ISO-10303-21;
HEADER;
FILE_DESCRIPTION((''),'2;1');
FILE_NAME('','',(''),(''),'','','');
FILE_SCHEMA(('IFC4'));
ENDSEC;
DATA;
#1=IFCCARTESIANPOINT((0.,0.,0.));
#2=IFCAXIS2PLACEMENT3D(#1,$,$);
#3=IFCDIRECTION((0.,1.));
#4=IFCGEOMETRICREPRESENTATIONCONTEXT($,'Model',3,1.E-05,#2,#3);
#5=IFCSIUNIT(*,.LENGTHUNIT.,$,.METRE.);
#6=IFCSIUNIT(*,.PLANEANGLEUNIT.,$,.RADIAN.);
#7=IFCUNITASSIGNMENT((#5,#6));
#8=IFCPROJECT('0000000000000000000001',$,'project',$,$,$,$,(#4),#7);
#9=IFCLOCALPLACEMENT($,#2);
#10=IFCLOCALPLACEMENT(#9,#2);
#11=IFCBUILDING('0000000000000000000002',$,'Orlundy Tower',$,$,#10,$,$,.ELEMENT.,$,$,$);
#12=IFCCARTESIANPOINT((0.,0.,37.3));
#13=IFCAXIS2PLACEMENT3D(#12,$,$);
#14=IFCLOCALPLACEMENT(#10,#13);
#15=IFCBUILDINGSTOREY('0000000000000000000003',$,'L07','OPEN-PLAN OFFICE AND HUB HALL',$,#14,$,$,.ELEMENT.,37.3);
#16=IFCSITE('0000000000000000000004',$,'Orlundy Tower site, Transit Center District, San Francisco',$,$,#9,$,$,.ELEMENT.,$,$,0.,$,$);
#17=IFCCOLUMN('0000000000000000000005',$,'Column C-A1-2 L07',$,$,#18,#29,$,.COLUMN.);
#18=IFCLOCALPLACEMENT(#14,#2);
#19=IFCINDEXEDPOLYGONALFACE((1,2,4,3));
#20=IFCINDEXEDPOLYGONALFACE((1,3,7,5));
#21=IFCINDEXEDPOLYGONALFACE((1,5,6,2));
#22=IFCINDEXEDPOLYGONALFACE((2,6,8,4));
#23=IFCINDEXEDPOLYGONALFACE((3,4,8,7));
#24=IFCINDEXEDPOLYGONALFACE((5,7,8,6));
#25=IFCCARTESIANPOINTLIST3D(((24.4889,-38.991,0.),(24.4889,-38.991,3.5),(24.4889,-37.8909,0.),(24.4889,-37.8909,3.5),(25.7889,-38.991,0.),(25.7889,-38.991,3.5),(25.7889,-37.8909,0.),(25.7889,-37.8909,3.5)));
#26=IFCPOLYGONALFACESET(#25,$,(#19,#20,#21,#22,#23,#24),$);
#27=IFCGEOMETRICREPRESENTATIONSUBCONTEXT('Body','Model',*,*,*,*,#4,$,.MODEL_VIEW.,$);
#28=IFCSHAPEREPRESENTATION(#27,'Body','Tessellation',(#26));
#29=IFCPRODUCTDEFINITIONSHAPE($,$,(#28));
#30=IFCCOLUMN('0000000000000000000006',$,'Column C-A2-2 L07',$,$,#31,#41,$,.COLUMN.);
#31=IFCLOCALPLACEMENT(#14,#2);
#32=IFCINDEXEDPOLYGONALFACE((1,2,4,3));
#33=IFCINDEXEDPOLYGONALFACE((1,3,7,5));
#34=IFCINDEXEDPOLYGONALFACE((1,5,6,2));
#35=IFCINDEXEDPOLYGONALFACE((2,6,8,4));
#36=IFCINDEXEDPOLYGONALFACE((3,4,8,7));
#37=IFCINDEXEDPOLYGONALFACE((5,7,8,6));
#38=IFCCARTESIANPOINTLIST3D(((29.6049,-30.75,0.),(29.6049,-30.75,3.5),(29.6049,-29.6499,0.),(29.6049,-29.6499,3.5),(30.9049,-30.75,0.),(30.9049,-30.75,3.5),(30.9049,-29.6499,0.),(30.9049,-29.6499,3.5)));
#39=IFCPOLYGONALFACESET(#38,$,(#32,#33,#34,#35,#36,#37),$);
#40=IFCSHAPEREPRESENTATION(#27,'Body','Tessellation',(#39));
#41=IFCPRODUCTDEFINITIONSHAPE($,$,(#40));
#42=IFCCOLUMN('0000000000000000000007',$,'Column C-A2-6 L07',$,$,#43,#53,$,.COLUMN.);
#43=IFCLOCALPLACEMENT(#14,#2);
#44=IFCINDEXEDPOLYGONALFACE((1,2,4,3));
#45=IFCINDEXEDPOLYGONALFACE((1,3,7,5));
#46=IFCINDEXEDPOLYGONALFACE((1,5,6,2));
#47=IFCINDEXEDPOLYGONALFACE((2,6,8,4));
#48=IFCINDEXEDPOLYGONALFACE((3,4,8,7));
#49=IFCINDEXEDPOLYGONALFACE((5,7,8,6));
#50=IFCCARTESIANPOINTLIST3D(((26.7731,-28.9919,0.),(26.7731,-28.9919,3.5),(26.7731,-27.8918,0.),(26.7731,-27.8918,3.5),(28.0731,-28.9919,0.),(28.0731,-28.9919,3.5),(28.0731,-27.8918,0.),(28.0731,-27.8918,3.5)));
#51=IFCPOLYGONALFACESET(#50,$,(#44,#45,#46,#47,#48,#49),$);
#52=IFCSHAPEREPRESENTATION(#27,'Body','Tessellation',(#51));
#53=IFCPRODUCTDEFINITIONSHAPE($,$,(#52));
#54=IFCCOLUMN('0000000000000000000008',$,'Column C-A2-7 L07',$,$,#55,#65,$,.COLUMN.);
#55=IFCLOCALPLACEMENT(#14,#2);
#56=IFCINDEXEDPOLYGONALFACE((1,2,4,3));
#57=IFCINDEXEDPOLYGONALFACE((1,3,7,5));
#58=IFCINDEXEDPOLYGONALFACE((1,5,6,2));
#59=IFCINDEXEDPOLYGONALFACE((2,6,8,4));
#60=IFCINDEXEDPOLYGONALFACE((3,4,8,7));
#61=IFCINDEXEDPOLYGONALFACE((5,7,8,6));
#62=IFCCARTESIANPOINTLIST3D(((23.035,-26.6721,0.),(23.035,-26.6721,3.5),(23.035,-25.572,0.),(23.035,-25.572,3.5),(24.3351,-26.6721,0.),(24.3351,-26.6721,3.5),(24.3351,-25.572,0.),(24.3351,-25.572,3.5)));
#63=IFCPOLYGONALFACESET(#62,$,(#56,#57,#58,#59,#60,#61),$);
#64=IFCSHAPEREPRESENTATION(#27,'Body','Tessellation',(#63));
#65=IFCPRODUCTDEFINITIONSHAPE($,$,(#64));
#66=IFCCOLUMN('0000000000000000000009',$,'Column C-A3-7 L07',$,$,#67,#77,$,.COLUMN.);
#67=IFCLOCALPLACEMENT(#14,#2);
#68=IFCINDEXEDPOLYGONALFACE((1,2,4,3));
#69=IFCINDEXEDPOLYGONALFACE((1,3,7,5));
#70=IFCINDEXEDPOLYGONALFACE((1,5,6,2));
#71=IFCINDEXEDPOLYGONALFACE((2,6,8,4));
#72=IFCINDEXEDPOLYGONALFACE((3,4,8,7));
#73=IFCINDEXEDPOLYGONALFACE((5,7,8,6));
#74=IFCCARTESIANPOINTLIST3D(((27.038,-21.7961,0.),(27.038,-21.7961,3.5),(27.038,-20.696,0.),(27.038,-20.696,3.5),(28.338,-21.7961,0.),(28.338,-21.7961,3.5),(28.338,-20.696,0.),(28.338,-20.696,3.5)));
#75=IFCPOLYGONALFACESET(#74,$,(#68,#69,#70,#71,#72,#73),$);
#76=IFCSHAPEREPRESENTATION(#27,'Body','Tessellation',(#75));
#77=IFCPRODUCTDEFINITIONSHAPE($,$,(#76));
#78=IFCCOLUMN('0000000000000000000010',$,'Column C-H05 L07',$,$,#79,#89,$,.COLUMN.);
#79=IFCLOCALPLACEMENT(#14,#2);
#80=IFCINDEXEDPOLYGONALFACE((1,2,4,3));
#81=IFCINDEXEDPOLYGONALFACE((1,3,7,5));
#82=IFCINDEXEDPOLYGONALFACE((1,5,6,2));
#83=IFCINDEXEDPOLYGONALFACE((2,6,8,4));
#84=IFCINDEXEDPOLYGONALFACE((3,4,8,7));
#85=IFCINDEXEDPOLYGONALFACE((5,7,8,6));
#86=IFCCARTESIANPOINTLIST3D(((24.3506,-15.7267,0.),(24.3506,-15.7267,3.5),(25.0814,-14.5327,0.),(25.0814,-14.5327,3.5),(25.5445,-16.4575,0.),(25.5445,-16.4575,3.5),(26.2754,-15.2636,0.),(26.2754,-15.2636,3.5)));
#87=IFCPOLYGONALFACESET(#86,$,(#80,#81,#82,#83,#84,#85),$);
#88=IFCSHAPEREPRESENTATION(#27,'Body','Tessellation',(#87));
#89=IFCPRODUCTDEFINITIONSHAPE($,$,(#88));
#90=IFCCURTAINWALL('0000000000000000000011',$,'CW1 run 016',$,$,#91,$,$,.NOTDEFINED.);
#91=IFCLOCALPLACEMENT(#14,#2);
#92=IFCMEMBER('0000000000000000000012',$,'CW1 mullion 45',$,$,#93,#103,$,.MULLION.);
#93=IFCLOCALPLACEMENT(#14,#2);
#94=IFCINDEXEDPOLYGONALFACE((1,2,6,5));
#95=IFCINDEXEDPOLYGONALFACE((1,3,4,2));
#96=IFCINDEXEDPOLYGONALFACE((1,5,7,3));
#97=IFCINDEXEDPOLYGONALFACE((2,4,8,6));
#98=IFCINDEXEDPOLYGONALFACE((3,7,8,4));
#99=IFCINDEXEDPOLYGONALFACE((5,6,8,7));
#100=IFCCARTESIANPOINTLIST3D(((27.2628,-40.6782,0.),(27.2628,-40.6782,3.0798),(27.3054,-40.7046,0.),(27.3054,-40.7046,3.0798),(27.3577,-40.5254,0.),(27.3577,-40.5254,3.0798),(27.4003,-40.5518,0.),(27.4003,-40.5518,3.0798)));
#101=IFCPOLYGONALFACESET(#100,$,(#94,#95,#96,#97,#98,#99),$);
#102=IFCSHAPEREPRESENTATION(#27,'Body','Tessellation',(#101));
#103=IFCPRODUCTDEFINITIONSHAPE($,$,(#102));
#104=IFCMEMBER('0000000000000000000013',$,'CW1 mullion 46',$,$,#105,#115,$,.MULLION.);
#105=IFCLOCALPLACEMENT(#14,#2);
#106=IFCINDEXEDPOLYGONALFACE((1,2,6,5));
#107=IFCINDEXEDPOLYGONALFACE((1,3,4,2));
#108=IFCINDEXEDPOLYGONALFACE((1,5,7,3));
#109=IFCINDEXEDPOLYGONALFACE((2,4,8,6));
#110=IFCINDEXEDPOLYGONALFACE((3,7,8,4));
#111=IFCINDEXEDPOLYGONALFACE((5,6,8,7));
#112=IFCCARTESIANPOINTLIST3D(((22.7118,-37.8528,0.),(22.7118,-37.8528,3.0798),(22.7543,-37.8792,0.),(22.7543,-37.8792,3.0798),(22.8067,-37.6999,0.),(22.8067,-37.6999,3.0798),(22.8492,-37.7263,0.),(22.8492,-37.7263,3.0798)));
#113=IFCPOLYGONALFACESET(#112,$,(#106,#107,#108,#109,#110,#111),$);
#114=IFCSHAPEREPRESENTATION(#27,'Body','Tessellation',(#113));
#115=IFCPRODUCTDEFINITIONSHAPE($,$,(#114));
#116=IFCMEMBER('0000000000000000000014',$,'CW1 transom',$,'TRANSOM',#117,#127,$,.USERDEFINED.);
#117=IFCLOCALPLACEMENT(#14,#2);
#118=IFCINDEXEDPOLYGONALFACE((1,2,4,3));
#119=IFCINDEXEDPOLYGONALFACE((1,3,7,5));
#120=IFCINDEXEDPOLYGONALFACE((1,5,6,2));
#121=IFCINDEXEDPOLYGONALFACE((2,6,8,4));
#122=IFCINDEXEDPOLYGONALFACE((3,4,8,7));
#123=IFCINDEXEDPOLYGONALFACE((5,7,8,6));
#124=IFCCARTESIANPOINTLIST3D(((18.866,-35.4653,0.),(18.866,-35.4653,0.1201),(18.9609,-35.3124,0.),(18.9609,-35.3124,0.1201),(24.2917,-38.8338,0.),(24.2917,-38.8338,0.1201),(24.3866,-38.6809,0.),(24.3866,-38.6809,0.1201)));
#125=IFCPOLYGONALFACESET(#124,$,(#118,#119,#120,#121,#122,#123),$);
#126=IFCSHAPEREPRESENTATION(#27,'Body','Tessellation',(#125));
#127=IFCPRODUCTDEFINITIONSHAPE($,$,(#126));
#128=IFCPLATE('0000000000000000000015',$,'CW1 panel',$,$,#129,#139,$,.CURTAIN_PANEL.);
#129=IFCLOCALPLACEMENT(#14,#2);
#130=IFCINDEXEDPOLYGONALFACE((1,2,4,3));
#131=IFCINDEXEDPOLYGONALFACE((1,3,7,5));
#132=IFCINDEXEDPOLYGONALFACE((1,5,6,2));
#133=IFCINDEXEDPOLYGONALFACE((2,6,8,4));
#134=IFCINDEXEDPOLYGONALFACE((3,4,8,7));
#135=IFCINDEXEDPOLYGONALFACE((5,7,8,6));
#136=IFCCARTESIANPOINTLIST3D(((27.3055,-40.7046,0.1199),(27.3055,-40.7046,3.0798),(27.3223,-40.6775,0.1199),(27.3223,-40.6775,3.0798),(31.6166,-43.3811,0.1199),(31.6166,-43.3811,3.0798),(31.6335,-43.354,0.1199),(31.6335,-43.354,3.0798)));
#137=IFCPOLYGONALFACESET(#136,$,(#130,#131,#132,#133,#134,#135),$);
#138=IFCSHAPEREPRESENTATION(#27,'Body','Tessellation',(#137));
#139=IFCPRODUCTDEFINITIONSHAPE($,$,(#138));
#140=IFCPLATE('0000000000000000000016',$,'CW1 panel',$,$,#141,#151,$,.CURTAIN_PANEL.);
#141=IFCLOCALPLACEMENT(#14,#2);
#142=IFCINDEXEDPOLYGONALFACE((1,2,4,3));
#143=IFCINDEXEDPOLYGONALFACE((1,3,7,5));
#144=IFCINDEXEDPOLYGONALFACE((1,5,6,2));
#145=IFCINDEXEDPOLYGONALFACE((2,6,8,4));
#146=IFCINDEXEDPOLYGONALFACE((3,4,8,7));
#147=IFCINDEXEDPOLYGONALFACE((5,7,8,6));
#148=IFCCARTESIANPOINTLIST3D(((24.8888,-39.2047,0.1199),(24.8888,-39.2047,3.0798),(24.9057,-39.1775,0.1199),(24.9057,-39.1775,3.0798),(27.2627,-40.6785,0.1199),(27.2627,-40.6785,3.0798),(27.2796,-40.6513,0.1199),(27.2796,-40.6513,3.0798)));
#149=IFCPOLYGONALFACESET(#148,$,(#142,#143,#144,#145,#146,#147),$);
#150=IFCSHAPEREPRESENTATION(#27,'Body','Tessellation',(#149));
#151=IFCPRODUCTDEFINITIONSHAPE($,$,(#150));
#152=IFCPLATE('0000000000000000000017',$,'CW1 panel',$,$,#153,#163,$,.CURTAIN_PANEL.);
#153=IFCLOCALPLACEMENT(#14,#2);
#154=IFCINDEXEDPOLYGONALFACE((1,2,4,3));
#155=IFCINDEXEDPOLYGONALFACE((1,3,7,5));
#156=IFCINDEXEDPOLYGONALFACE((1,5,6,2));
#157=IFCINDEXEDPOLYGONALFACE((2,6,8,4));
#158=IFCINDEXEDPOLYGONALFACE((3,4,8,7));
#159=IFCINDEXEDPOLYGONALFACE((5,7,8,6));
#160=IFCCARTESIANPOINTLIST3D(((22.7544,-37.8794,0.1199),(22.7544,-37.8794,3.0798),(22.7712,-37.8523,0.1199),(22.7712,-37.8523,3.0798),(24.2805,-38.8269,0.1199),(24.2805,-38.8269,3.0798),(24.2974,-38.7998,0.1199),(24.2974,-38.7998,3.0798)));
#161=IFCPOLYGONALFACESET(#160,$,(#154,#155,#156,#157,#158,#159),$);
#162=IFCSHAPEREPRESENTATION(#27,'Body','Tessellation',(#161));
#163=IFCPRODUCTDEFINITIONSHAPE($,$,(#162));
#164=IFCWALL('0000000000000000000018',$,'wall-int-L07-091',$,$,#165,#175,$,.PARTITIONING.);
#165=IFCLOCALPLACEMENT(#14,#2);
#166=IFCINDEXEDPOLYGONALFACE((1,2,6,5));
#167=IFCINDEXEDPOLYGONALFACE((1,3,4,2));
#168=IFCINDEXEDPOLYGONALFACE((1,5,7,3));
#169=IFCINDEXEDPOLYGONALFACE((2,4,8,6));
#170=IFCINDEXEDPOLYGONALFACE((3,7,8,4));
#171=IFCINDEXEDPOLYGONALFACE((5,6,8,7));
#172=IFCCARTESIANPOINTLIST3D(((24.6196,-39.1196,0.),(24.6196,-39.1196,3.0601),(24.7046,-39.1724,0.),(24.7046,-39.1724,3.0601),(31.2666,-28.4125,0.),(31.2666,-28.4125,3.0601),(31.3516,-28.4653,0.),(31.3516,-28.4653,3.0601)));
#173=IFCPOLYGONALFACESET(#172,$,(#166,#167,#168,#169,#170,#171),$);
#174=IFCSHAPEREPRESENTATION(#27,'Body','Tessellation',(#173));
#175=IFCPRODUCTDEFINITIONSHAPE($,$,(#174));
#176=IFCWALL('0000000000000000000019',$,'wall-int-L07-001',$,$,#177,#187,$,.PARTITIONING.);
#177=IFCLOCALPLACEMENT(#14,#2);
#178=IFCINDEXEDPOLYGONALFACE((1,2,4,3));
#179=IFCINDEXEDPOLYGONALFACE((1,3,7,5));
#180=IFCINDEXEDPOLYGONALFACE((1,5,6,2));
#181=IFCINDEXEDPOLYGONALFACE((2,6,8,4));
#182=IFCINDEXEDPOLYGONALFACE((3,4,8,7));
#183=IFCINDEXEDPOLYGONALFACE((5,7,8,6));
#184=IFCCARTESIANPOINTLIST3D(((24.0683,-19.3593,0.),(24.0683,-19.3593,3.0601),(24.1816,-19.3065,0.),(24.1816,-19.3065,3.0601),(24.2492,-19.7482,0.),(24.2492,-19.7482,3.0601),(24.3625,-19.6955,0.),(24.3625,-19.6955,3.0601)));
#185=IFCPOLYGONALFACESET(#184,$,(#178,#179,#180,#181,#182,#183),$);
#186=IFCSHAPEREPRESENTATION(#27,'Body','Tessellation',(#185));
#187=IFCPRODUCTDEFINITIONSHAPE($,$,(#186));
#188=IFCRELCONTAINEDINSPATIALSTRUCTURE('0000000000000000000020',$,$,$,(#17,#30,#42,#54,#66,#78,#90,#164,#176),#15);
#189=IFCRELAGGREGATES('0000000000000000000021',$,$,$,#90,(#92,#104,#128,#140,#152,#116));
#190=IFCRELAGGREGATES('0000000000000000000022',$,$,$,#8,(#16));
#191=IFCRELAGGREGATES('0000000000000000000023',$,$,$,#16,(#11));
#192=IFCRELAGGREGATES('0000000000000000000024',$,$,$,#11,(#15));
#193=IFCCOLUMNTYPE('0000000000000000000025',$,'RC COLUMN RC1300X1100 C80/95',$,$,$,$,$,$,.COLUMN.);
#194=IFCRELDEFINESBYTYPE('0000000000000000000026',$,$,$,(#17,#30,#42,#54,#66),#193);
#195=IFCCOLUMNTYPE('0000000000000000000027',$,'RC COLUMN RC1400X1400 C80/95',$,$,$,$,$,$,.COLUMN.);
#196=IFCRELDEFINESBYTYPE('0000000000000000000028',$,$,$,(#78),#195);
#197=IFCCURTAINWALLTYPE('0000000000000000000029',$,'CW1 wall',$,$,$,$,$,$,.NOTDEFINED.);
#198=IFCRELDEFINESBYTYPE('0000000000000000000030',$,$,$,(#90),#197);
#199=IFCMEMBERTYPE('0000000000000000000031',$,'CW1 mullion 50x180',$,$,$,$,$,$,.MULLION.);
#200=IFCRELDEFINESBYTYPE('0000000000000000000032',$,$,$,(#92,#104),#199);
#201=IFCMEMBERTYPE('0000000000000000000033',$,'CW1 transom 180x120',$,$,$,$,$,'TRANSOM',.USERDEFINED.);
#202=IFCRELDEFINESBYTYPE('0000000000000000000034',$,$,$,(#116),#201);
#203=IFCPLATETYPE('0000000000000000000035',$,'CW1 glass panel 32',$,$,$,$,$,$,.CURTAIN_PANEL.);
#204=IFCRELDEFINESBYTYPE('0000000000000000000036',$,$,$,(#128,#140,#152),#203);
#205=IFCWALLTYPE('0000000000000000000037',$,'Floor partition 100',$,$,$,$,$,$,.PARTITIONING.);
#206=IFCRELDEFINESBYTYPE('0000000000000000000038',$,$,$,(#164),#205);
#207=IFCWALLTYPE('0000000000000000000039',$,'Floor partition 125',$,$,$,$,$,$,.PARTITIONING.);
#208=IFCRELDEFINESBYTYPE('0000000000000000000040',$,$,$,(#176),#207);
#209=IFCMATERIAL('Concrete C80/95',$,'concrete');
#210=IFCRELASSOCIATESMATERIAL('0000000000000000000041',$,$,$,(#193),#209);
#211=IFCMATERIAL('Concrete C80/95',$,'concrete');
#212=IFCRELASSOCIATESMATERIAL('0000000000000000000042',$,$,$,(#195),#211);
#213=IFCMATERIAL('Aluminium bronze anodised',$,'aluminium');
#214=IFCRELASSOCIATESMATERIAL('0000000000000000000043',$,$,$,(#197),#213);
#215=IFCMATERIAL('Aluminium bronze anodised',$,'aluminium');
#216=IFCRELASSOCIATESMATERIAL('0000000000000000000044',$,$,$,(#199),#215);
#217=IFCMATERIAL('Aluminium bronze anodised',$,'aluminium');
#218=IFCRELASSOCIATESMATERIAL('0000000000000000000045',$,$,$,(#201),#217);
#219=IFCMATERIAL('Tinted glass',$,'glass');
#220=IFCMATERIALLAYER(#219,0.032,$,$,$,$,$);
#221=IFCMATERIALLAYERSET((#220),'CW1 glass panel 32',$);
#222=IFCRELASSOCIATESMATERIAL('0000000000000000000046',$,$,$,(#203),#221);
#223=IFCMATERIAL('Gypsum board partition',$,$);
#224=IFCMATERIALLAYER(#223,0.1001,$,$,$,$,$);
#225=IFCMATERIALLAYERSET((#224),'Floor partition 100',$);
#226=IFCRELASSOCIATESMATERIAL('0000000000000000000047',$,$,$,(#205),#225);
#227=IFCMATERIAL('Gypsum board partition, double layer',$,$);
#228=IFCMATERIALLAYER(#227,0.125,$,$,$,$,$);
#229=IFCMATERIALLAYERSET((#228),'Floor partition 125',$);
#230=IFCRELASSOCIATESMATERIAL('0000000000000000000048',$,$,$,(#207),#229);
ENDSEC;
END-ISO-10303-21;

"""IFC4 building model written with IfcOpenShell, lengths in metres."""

from ifc_helpers import new_model, si_unit, direction, frame, frame_2d, origin, origin_2d, place, context, subcontext, project, spatial, rectangle, extrude, material, layer, layer_set, material_profile, profile_set, type_object, element, aggregate, save


model = new_model("IFC4")

# Units and contexts
model_context = context("Model", 3, precision=1e-05, world=origin(), true_north=direction((0.0, 1.0)))
body_context = subcontext(model_context, "Body", "Model", "MODEL_VIEW")
ifc_project = project(units=[si_unit("LENGTHUNIT", "METRE"), si_unit("PLANEANGLEUNIT", "RADIAN")], contexts=[model_context])

# Site, building, storey
site_placement = place(None, origin())
site = spatial("IfcSite", under=ifc_project, at=site_placement, Name="Orlundy Tower site, Transit Center District, San Francisco", CompositionType="ELEMENT", RefElevation=0.0)
building_placement = place(site_placement, origin())
building = spatial("IfcBuilding", under=site, at=building_placement, Name="Orlundy Tower", CompositionType="ELEMENT")
storey_placement = place(building_placement, frame((0.0, 0.0, 37.3)))
storey = spatial("IfcBuildingStorey", under=building, at=storey_placement, Name="L07", Description="OPEN-PLAN OFFICE AND HUB HALL", CompositionType="ELEMENT", Elevation=37.3)

# Columns
ifc_material_1 = material(Name="Concrete C80/95", Category="concrete")
ifc_material_profile_1 = material_profile(ifc_material_1, rectangle(XDim=1.3, YDim=1.1001, at=origin_2d()), Name="RC1300X1100")
ifc_profile_set_1 = profile_set([ifc_material_profile_1], Name="Concrete C80/95")
column_type_1 = type_object("IfcColumnType", Name="RC COLUMN RC1300X1100 C80/95", PredefinedType="COLUMN", material=ifc_profile_set_1)
for number, where, z_axis, x_axis, name in (
    (1, (25.1389, -38.4409, 0.0), (0.0, 0.0, 1.0), (1.0, 0.0, 0.0), "Column C-A1-2 L07"),
    (2, (30.2549, -30.2, 0.0), (0.0, 0.0, 1.0), (1.0, 0.0, 0.0), "Column C-A2-2 L07"),
    (3, (27.4231, -28.4419, 0.0), (0.0, 0.0, 1.0), (1.0, 0.0, 0.0), "Column C-A2-6 L07"),
    (4, (23.6851, -26.1221, 0.0), (0.0, 0.0, 1.0), (1.0, 0.0, 0.0), "Column C-A2-7 L07"),
    (5, (27.688, -21.2461, 0.0), (0.0, 0.0, 1.0), (1.0, 0.0, 0.0), "Column C-A3-7 L07"),
):
    element("IfcColumn", number, at=place(storey_placement, frame(where, z_axis=z_axis, x_axis=x_axis)), inside=storey, type_object=column_type_1, Name=name, PredefinedType="COLUMN", context=body_context, shape_type="SweptSolid", body=[
        extrude(rectangle(XDim=1.3, YDim=1.1001, at=origin_2d()), origin(), (0.0, 0.0, 1.0), 3.5),
    ])
ifc_material_2 = material(Name="Concrete C80/95", Category="concrete")
ifc_material_profile_2 = material_profile(ifc_material_2, rectangle(XDim=1.3999, YDim=1.3999, at=origin_2d()), Name="RC1400X1400")
ifc_profile_set_2 = profile_set([ifc_material_profile_2], Name="Concrete C80/95")
column_type_2 = type_object("IfcColumnType", Name="RC COLUMN RC1400X1400 C80/95", PredefinedType="COLUMN", material=ifc_profile_set_2)
column_placement = place(storey_placement, frame((25.313, -15.4951, 0.0), z_axis=(0.0, 0.0, 1.0), x_axis=(0.852895, -0.522082, 0.0)))
element("IfcColumn", 6, at=column_placement, inside=storey, type_object=column_type_2, Name="Column C-H05 L07", PredefinedType="COLUMN", context=body_context, shape_type="SweptSolid", body=[
    extrude(rectangle(XDim=1.3999, YDim=1.3999, at=origin_2d()), origin(), (0.0, 0.0, 1.0), 3.5),
])

# Curtain wall, members, plates
ifc_material_3 = material(Name="Aluminium bronze anodised", Category="aluminium")
curtain_wall_type = type_object("IfcCurtainWallType", Name="CW1 wall", PredefinedType="NOTDEFINED", material=ifc_material_3)
curtain_wall_placement = place(storey_placement, origin())
curtain_wall = element("IfcCurtainWall", 7, at=curtain_wall_placement, inside=storey, type_object=curtain_wall_type, Name="CW1 run 016", PredefinedType="NOTDEFINED")
ifc_material_4 = material(Name="Aluminium bronze anodised", Category="aluminium")
ifc_material_profile_3 = material_profile(ifc_material_4, rectangle(XDim=0.1799, YDim=0.05, at=origin_2d()), Name="CW1 mullion 50x180")
ifc_profile_set_3 = profile_set([ifc_material_profile_3], Name="Aluminium bronze anodised")
member_type_1 = type_object("IfcMemberType", Name="CW1 mullion 50x180", PredefinedType="MULLION", material=ifc_profile_set_3)
member_1_placement = place(storey_placement, frame((27.3315, -40.615, 0.0), z_axis=(0.0, 0.0, 1.0), x_axis=(-0.527449, -0.849587, 0.0)))
member_1 = element("IfcMember", 8, at=member_1_placement, type_object=member_type_1, Name="CW1 mullion 45", PredefinedType="MULLION", context=body_context, shape_type="SweptSolid", body=[
    extrude(rectangle(XDim=0.1799, YDim=0.05, at=origin_2d()), origin(), (0.0, 0.0, 1.0), 3.0798),
])
member_2_placement = place(storey_placement, frame((22.7805, -37.7896, 0.0), z_axis=(0.0, 0.0, 1.0), x_axis=(-0.527449, -0.849587, 0.0)))
member_2 = element("IfcMember", 9, at=member_2_placement, type_object=member_type_1, Name="CW1 mullion 46", PredefinedType="MULLION", context=body_context, shape_type="SweptSolid", body=[
    extrude(rectangle(XDim=0.1799, YDim=0.05, at=origin_2d()), origin(), (0.0, 0.0, 1.0), 3.0798),
])
ifc_material_5 = material(Name="Aluminium bronze anodised", Category="aluminium")
ifc_material_profile_4 = material_profile(ifc_material_5, rectangle(XDim=0.1799, YDim=0.1201, at=origin_2d()), Name="CW1 transom 180x120")
ifc_profile_set_4 = profile_set([ifc_material_profile_4], Name="Aluminium bronze anodised")
member_type_2 = type_object("IfcMemberType", Name="CW1 transom 180x120", ElementType="TRANSOM", PredefinedType="USERDEFINED", material=ifc_profile_set_4)
member_3_placement = place(storey_placement, frame((24.3391, -38.7573, 0.0601), z_axis=(-0.849582, 0.527457, 0.0), x_axis=(-0.527457, -0.849582, 0.0)))
member_3 = element("IfcMember", 10, at=member_3_placement, type_object=member_type_2, Name="CW1 transom", ObjectType="TRANSOM", PredefinedType="USERDEFINED", context=body_context, shape_type="SweptSolid", body=[
    extrude(rectangle(XDim=0.1799, YDim=0.1201, at=origin_2d()), origin(), (0.0, 0.0, 1.0), 6.3862),
])
ifc_material_6 = material(Name="Tinted glass", Category="glass")
ifc_layer_1 = layer(ifc_material_6, 0.032)
ifc_layer_set_1 = layer_set([ifc_layer_1], Name="CW1 glass panel 32")
plate_type = type_object("IfcPlateType", Name="CW1 glass panel 32", PredefinedType="CURTAIN_PANEL", material=ifc_layer_set_1)
plate_1_placement = place(storey_placement, frame((29.4695, -42.0293, 0.1199), z_axis=(0.0, 0.0, 1.0), x_axis=(-0.849587, 0.527449, 0.0)))
plate_1 = element("IfcPlate", 11, at=plate_1_placement, type_object=plate_type, Name="CW1 panel", PredefinedType="CURTAIN_PANEL", context=body_context, shape_type="SweptSolid", body=[
    extrude(rectangle(XDim=5.0745, YDim=0.032, at=origin_2d()), origin(), (0.0, 0.0, 1.0), 2.96),
])
plate_2_placement = place(storey_placement, frame((26.0842, -39.928, 0.1199), z_axis=(0.0, 0.0, 1.0), x_axis=(-0.849587, 0.527449, 0.0)))
plate_2 = element("IfcPlate", 12, at=plate_2_placement, type_object=plate_type, Name="CW1 panel", PredefinedType="CURTAIN_PANEL", context=body_context, shape_type="SweptSolid", body=[
    extrude(rectangle(XDim=2.7942, YDim=0.032, at=origin_2d()), origin(), (0.0, 0.0, 1.0), 2.96),
])
plate_3_placement = place(storey_placement, frame((23.5259, -38.3396, 0.1199), z_axis=(0.0, 0.0, 1.0), x_axis=(-0.849587, 0.527449, 0.0)))
plate_3 = element("IfcPlate", 13, at=plate_3_placement, type_object=plate_type, Name="CW1 panel", PredefinedType="CURTAIN_PANEL", context=body_context, shape_type="SweptSolid", body=[
    extrude(rectangle(XDim=1.7964, YDim=0.032, at=origin_2d()), origin(), (0.0, 0.0, 1.0), 2.96),
])
aggregate(curtain_wall, [member_1, member_2, plate_1, plate_2, plate_3, member_3])

# Walls
ifc_material_7 = material(Name="Gypsum board partition")
ifc_layer_2 = layer(ifc_material_7, 0.1001)
ifc_layer_set_2 = layer_set([ifc_layer_2], Name="Floor partition 100")
wall_type_1 = type_object("IfcWallType", Name="Floor partition 100", PredefinedType="PARTITIONING", material=ifc_layer_set_2)
wall_1_placement = place(storey_placement, frame((24.6621, -39.146, 0.0), z_axis=(0.0, 0.0, 1.0), x_axis=(0.527433, 0.849596, 0.0)))
element("IfcWall", 14, at=wall_1_placement, inside=storey, type_object=wall_type_1, Name="wall-int-L07-091", PredefinedType="PARTITIONING", context=body_context, shape_type="SweptSolid", body=[
    extrude(rectangle(XDim=12.6025, YDim=0.1001, at=frame_2d((6.3013, 0.0))), origin(), (0.0, 0.0, 1.0), 3.0601),
])
ifc_material_8 = material(Name="Gypsum board partition, double layer")
ifc_layer_3 = layer(ifc_material_8, 0.125)
ifc_layer_set_3 = layer_set([ifc_layer_3], Name="Floor partition 125")
wall_type_2 = type_object("IfcWallType", Name="Floor partition 125", PredefinedType="PARTITIONING", material=ifc_layer_set_3)
wall_2_placement = place(storey_placement, frame((24.125, -19.333, 0.0), z_axis=(0.0, 0.0, 1.0), x_axis=(0.421763, -0.906706, 0.0)))
element("IfcWall", 15, at=wall_2_placement, inside=storey, type_object=wall_type_2, Name="wall-int-L07-001", PredefinedType="PARTITIONING", context=body_context, shape_type="SweptSolid", body=[
    extrude(rectangle(XDim=0.429, YDim=0.125, at=frame_2d((0.2144, 0.0))), origin(), (0.0, 0.0, 1.0), 3.0601),
])

save(model, "model.ifc")
